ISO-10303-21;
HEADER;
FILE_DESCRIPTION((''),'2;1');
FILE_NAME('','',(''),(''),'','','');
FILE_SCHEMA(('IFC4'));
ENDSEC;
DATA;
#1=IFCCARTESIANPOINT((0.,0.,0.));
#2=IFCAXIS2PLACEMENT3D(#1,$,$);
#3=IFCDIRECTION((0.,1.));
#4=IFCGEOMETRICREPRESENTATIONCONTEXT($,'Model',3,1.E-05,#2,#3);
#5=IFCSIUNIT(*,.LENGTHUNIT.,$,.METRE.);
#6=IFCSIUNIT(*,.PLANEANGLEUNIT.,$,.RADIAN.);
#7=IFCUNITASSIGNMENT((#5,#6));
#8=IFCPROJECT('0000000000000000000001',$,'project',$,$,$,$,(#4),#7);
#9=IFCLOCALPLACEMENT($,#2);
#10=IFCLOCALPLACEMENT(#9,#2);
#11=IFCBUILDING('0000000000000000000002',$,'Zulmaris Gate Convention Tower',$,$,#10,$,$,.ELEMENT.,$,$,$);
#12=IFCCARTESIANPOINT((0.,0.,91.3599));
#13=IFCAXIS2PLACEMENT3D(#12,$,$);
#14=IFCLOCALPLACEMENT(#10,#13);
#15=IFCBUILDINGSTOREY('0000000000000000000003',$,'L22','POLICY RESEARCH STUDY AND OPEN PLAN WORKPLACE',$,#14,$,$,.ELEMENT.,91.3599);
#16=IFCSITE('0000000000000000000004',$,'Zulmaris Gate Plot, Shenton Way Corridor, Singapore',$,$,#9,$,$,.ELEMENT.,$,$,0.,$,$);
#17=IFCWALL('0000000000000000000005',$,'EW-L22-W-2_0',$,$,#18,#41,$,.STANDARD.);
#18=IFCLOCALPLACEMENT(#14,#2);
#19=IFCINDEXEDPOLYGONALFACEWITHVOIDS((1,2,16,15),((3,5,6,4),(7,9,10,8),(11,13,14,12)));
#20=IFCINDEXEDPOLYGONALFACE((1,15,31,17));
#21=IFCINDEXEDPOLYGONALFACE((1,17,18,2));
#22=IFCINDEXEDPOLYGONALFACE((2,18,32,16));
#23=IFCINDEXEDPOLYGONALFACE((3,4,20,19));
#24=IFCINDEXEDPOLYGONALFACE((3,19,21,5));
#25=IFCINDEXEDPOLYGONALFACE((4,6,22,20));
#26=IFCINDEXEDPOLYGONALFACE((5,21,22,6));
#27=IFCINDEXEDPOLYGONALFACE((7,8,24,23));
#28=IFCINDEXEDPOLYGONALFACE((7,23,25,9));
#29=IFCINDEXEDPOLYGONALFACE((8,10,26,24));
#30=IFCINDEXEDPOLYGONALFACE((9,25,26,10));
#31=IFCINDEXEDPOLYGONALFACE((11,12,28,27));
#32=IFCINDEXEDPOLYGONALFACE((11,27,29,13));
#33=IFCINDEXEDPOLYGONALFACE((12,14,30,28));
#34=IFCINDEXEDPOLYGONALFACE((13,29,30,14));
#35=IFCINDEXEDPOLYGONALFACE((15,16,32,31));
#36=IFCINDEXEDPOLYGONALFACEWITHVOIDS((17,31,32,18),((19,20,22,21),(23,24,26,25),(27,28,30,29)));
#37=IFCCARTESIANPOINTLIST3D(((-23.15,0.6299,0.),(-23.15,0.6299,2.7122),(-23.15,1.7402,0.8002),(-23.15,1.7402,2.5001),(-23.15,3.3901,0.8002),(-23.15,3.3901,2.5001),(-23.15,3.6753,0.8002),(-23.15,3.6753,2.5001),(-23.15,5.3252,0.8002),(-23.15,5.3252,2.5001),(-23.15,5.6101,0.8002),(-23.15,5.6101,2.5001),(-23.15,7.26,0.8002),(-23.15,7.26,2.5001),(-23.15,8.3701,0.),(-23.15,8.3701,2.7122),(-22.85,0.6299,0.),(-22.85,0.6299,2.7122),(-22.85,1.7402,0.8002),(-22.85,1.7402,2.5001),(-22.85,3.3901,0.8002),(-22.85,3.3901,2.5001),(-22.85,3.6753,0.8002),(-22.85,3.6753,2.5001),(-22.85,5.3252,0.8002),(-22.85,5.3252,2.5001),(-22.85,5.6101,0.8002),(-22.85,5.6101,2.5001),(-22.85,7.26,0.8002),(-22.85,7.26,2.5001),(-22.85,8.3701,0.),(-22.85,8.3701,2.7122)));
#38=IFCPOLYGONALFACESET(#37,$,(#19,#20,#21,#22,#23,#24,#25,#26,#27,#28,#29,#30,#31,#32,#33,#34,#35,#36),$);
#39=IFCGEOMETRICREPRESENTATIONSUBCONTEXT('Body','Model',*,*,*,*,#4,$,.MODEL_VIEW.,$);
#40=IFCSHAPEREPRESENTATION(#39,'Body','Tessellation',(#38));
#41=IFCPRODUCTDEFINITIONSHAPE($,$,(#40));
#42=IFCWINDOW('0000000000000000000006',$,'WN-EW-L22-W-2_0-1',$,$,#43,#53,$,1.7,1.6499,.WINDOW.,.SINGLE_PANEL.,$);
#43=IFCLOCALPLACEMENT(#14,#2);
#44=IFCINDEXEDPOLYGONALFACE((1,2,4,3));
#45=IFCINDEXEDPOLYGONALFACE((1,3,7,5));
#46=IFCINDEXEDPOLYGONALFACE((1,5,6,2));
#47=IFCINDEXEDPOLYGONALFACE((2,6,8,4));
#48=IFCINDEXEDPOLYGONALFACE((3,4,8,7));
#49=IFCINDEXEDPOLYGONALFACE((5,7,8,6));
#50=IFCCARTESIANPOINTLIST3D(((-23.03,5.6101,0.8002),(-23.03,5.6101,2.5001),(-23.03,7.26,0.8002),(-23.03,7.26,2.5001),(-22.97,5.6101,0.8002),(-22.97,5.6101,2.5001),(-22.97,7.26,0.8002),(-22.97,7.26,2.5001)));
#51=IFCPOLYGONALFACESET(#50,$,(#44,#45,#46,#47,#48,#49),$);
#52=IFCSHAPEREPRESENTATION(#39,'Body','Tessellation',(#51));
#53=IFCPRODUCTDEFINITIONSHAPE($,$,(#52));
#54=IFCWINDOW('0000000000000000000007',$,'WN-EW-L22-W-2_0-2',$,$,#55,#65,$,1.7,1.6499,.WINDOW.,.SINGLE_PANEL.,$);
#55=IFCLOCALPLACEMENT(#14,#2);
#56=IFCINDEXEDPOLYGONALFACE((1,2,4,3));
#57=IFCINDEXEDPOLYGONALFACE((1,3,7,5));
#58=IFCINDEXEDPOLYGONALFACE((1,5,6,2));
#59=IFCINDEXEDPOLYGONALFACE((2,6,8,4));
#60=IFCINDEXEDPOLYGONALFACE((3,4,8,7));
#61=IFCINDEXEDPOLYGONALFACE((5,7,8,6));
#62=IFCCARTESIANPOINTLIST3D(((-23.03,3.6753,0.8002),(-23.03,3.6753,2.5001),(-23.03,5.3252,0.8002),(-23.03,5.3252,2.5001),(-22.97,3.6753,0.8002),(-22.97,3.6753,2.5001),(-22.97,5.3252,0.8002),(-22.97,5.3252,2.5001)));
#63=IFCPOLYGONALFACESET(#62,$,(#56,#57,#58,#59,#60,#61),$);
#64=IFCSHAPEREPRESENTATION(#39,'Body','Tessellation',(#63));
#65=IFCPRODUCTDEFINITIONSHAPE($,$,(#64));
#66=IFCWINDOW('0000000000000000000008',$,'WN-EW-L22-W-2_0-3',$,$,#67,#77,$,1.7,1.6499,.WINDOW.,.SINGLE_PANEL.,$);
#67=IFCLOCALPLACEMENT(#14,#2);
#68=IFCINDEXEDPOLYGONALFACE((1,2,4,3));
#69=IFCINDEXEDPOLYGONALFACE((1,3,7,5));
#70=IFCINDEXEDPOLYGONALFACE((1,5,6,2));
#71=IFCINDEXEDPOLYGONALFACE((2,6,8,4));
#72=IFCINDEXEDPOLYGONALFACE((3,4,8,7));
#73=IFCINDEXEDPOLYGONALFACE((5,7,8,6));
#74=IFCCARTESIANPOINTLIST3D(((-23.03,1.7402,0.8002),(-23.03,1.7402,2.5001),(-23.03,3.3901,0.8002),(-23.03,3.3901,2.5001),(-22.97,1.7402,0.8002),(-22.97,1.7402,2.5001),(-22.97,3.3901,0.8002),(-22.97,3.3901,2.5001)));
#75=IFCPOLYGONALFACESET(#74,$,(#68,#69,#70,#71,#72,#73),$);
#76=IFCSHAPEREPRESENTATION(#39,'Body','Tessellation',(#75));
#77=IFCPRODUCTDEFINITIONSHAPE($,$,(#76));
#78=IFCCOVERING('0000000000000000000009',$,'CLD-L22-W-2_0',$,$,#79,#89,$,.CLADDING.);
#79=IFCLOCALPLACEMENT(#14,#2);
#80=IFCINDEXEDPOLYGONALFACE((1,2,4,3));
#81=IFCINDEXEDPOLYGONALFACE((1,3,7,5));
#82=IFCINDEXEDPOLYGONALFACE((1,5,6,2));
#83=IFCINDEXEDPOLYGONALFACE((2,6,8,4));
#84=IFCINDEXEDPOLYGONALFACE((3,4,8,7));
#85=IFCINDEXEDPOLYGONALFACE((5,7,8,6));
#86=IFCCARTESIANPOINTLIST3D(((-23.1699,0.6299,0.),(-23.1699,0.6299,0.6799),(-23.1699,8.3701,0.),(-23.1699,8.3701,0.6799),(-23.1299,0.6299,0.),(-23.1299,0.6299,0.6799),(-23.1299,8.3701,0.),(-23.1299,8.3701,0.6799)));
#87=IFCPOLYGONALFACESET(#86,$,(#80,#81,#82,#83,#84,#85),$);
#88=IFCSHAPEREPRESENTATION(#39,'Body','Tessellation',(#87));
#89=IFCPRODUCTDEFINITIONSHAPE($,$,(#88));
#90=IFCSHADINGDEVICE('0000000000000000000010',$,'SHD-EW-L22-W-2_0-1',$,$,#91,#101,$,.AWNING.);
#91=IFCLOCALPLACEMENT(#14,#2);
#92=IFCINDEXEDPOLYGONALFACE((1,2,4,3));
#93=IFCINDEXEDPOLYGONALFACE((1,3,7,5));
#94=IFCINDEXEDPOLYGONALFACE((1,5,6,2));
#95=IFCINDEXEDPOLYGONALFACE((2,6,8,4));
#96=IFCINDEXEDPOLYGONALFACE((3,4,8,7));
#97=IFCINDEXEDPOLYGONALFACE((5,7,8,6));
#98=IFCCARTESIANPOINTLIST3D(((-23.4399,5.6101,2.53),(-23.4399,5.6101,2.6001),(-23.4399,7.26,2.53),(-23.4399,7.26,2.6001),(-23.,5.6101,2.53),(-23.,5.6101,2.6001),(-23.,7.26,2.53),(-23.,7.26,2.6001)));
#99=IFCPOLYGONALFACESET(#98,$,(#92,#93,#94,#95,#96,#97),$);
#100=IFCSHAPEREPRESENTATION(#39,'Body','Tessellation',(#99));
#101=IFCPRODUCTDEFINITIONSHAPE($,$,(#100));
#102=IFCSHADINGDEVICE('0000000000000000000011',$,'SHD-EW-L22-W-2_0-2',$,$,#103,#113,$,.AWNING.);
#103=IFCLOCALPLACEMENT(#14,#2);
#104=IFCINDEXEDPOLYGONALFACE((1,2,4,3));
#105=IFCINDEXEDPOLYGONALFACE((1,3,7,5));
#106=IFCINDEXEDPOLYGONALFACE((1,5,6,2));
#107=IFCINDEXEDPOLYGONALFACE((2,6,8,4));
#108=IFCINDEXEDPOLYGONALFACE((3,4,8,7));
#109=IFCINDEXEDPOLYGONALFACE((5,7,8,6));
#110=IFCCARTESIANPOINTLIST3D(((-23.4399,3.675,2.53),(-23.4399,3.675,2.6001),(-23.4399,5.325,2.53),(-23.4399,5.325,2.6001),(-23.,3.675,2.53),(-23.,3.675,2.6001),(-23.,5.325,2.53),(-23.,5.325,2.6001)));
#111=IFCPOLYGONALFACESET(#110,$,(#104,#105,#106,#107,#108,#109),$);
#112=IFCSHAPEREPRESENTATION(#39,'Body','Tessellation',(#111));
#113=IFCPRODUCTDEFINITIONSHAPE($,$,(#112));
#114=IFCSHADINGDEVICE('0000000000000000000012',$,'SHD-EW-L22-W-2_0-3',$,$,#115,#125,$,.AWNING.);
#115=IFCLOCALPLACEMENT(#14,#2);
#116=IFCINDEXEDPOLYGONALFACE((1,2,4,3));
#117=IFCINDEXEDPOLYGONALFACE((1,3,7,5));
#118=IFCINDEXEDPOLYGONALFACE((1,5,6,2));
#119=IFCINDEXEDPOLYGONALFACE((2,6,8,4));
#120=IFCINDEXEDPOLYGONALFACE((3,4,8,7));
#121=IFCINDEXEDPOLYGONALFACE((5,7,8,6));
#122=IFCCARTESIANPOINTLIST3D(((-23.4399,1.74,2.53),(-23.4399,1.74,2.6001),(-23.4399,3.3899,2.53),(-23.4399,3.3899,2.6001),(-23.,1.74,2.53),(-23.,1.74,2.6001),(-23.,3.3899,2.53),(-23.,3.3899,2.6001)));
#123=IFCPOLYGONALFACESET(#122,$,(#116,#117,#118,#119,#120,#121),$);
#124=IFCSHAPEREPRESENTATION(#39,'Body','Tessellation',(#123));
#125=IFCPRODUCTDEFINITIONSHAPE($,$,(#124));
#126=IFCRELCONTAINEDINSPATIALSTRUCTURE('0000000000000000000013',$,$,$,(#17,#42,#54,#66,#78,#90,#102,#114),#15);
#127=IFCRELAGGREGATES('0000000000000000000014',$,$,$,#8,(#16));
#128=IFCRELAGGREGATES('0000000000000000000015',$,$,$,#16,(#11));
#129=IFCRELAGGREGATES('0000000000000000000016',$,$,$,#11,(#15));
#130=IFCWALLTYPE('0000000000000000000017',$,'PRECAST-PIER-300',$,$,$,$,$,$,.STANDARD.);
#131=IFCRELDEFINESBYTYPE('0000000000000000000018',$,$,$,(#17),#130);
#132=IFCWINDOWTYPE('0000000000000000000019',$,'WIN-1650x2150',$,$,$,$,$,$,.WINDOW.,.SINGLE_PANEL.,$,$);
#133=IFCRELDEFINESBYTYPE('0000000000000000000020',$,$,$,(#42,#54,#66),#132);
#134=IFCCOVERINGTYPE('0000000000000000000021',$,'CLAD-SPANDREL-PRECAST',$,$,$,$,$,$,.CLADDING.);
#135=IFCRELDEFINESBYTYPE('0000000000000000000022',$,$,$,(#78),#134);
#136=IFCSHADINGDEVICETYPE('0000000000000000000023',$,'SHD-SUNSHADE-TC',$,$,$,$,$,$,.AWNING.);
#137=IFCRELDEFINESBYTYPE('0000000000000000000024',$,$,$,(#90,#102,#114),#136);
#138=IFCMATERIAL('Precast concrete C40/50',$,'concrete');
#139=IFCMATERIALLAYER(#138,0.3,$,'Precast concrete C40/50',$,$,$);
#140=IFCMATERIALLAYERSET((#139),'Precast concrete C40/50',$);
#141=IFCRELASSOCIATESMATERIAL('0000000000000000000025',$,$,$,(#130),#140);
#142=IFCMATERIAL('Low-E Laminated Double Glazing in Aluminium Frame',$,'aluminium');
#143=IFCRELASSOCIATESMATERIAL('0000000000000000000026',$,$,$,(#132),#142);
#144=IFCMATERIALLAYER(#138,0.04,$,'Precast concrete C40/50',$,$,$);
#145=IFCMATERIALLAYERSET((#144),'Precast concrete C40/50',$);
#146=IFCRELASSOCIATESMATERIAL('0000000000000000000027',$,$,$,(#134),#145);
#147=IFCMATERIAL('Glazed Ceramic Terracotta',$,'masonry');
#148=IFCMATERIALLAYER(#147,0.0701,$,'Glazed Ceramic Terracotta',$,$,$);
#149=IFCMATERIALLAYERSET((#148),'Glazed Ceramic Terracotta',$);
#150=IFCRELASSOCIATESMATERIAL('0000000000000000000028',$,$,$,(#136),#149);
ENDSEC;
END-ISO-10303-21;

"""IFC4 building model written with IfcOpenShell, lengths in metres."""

from ifc_helpers import new_model, si_unit, direction, frame, frame_2d, origin, place, context, subcontext, project, spatial, rectangle, extrude, material, layer, layer_set, type_object, element, fill, save


model = new_model("IFC4")

# Units and contexts
model_context = context("Model", 3, precision=1e-05, world=origin(), true_north=direction((0.0, 1.0)))
body_context = subcontext(model_context, "Body", "Model", "MODEL_VIEW")
ifc_project = project(units=[si_unit("LENGTHUNIT", "METRE"), si_unit("PLANEANGLEUNIT", "RADIAN")], contexts=[model_context])

# Site, building, storey
site_placement = place(None, origin())
site = spatial("IfcSite", under=ifc_project, at=site_placement, Name="Zulmaris Gate Plot, Shenton Way Corridor, Singapore", CompositionType="ELEMENT", RefElevation=0.0)
building_placement = place(site_placement, origin())
building = spatial("IfcBuilding", under=site, at=building_placement, Name="Zulmaris Gate Convention Tower", CompositionType="ELEMENT")
storey_placement = place(building_placement, frame((0.0, 0.0, 91.3599)))
storey = spatial("IfcBuildingStorey", under=building, at=storey_placement, Name="L22", Description="POLICY RESEARCH STUDY AND OPEN PLAN WORKPLACE", CompositionType="ELEMENT", Elevation=91.3599)

# Wall, openings, windows
ifc_material_1 = material(Name="Precast concrete C40/50", Category="concrete")
ifc_layer_1 = layer(ifc_material_1, 0.3, Name="Precast concrete C40/50")
ifc_layer_set_1 = layer_set([ifc_layer_1], Name="Precast concrete C40/50")
wall_type_1 = type_object("IfcWallType", Name="PRECAST-PIER-300", PredefinedType="STANDARD", material=ifc_layer_set_1)
wall_1_placement = place(storey_placement, frame((-23.0, 8.3701, 0.0), z_axis=(0.0, 0.0, 1.0), x_axis=(0.0, -1.0, 0.0)))
wall_1 = element("IfcWall", 1, at=wall_1_placement, inside=storey, type_object=wall_type_1, Name="EW-L22-W-2_0", PredefinedType="STANDARD", context=body_context, shape_type="SweptSolid", body=[
    extrude(rectangle(XDim=7.7402, YDim=0.3, at=frame_2d((3.8701, 0.0))), origin(), (0.0, 0.0, 1.0), 2.7122),
])
opening_1_placement = place(wall_1_placement, frame((1.1101, 0.0, 0.8)))
opening_1 = element("IfcOpeningElement", 2, at=opening_1_placement, cuts=wall_1, PredefinedType="OPENING", context=body_context, shape_type="SweptSolid", body=[
    extrude(rectangle(XDim=1.6499, YDim=1.7, at=frame_2d((0.825, 0.8501))), frame((0.0, 0.1602, 0.0), z_axis=(0.0, -1.0, 0.0), x_axis=(1.0, 0.0, 0.0)), (0.0, 0.0, 1.0), 0.3201),
])
opening_2_placement = place(wall_1_placement, frame((3.0449, 0.0, 0.8)))
opening_2 = element("IfcOpeningElement", 3, at=opening_2_placement, cuts=wall_1, PredefinedType="OPENING", context=body_context, shape_type="SweptSolid", body=[
    extrude(rectangle(XDim=1.6499, YDim=1.7, at=frame_2d((0.825, 0.8501))), frame((0.0, 0.1602, 0.0), z_axis=(0.0, -1.0, 0.0), x_axis=(1.0, 0.0, 0.0)), (0.0, 0.0, 1.0), 0.3201),
])
opening_3_placement = place(wall_1_placement, frame((4.98, 0.0, 0.8)))
opening_3 = element("IfcOpeningElement", 4, at=opening_3_placement, cuts=wall_1, PredefinedType="OPENING", context=body_context, shape_type="SweptSolid", body=[
    extrude(rectangle(XDim=1.6499, YDim=1.7, at=frame_2d((0.825, 0.8501))), frame((0.0, 0.1602, 0.0), z_axis=(0.0, -1.0, 0.0), x_axis=(1.0, 0.0, 0.0)), (0.0, 0.0, 1.0), 0.3201),
])
ifc_material_2 = material(Name="Low-E Laminated Double Glazing in Aluminium Frame", Category="aluminium")
window_type = type_object("IfcWindowType", Name="WIN-1650x2150", PartitioningType="SINGLE_PANEL", PredefinedType="WINDOW", material=ifc_material_2)
window_1_placement = place(opening_1_placement, origin())
window_1 = element("IfcWindow", 5, at=window_1_placement, inside=storey, type_object=window_type, Name="WN-EW-L22-W-2_0-1", OverallHeight=1.7, OverallWidth=1.6499, PartitioningType="SINGLE_PANEL", PredefinedType="WINDOW", context=body_context, shape_type="SweptSolid", body=[
    extrude(rectangle(XDim=1.6499, YDim=1.7, at=frame_2d((0.825, 0.8501))), frame((0.0, 0.03, 0.0), z_axis=(0.0, -1.0, 0.0), x_axis=(1.0, 0.0, 0.0)), (0.0, 0.0, 1.0), 0.0601),
])
fill(opening_1, window_1)
window_2_placement = place(opening_2_placement, origin())
window_2 = element("IfcWindow", 6, at=window_2_placement, inside=storey, type_object=window_type, Name="WN-EW-L22-W-2_0-2", OverallHeight=1.7, OverallWidth=1.6499, PartitioningType="SINGLE_PANEL", PredefinedType="WINDOW", context=body_context, shape_type="SweptSolid", body=[
    extrude(rectangle(XDim=1.6499, YDim=1.7, at=frame_2d((0.825, 0.8501))), frame((0.0, 0.03, 0.0), z_axis=(0.0, -1.0, 0.0), x_axis=(1.0, 0.0, 0.0)), (0.0, 0.0, 1.0), 0.0601),
])
fill(opening_2, window_2)
window_3_placement = place(opening_3_placement, origin())
window_3 = element("IfcWindow", 7, at=window_3_placement, inside=storey, type_object=window_type, Name="WN-EW-L22-W-2_0-3", OverallHeight=1.7, OverallWidth=1.6499, PartitioningType="SINGLE_PANEL", PredefinedType="WINDOW", context=body_context, shape_type="SweptSolid", body=[
    extrude(rectangle(XDim=1.6499, YDim=1.7, at=frame_2d((0.825, 0.8501))), frame((0.0, 0.03, 0.0), z_axis=(0.0, -1.0, 0.0), x_axis=(1.0, 0.0, 0.0)), (0.0, 0.0, 1.0), 0.0601),
])
fill(opening_3, window_3)

# Covering
ifc_layer_2 = layer(ifc_material_1, 0.04, Name="Precast concrete C40/50")
ifc_layer_set_2 = layer_set([ifc_layer_2], Name="Precast concrete C40/50")
covering_type = type_object("IfcCoveringType", Name="CLAD-SPANDREL-PRECAST", PredefinedType="CLADDING", material=ifc_layer_set_2)
covering_placement = place(storey_placement, frame((-23.1499, 8.3701, 0.0), z_axis=(0.0, 0.0, 1.0), x_axis=(0.0, -1.0, 0.0)))
element("IfcCovering", 8, at=covering_placement, inside=storey, type_object=covering_type, Name="CLD-L22-W-2_0", PredefinedType="CLADDING", context=body_context, shape_type="SweptSolid", body=[
    extrude(rectangle(XDim=7.7402, YDim=0.04, at=frame_2d((3.8701, 0.0))), origin(), (0.0, 0.0, 1.0), 0.6799),
])

# Shading devices
ifc_material_3 = material(Name="Glazed Ceramic Terracotta", Category="masonry")
ifc_layer_3 = layer(ifc_material_3, 0.0701, Name="Glazed Ceramic Terracotta")
ifc_layer_set_3 = layer_set([ifc_layer_3], Name="Glazed Ceramic Terracotta")
shading_device_type = type_object("IfcShadingDeviceType", Name="SHD-SUNSHADE-TC", PredefinedType="AWNING", material=ifc_layer_set_3)
for number, where, z_axis, x_axis, name in (
    (9, (-23.22, 7.26, 2.53), (0.0, 0.0, 1.0), (0.0, -1.0, 0.0), "SHD-EW-L22-W-2_0-1"),
    (10, (-23.22, 5.325, 2.53), (0.0, 0.0, 1.0), (0.0, -1.0, 0.0), "SHD-EW-L22-W-2_0-2"),
    (11, (-23.22, 3.3899, 2.53), (0.0, 0.0, 1.0), (0.0, -1.0, 0.0), "SHD-EW-L22-W-2_0-3"),
):
    element("IfcShadingDevice", number, at=place(storey_placement, frame(where, z_axis=z_axis, x_axis=x_axis)), inside=storey, type_object=shading_device_type, Name=name, PredefinedType="AWNING", context=body_context, shape_type="SweptSolid", body=[
        extrude(rectangle(XDim=1.6499, YDim=0.4399, at=frame_2d((0.825, 0.0))), origin(), (0.0, 0.0, 1.0), 0.0701),
    ])

save(model, "model.ifc")
